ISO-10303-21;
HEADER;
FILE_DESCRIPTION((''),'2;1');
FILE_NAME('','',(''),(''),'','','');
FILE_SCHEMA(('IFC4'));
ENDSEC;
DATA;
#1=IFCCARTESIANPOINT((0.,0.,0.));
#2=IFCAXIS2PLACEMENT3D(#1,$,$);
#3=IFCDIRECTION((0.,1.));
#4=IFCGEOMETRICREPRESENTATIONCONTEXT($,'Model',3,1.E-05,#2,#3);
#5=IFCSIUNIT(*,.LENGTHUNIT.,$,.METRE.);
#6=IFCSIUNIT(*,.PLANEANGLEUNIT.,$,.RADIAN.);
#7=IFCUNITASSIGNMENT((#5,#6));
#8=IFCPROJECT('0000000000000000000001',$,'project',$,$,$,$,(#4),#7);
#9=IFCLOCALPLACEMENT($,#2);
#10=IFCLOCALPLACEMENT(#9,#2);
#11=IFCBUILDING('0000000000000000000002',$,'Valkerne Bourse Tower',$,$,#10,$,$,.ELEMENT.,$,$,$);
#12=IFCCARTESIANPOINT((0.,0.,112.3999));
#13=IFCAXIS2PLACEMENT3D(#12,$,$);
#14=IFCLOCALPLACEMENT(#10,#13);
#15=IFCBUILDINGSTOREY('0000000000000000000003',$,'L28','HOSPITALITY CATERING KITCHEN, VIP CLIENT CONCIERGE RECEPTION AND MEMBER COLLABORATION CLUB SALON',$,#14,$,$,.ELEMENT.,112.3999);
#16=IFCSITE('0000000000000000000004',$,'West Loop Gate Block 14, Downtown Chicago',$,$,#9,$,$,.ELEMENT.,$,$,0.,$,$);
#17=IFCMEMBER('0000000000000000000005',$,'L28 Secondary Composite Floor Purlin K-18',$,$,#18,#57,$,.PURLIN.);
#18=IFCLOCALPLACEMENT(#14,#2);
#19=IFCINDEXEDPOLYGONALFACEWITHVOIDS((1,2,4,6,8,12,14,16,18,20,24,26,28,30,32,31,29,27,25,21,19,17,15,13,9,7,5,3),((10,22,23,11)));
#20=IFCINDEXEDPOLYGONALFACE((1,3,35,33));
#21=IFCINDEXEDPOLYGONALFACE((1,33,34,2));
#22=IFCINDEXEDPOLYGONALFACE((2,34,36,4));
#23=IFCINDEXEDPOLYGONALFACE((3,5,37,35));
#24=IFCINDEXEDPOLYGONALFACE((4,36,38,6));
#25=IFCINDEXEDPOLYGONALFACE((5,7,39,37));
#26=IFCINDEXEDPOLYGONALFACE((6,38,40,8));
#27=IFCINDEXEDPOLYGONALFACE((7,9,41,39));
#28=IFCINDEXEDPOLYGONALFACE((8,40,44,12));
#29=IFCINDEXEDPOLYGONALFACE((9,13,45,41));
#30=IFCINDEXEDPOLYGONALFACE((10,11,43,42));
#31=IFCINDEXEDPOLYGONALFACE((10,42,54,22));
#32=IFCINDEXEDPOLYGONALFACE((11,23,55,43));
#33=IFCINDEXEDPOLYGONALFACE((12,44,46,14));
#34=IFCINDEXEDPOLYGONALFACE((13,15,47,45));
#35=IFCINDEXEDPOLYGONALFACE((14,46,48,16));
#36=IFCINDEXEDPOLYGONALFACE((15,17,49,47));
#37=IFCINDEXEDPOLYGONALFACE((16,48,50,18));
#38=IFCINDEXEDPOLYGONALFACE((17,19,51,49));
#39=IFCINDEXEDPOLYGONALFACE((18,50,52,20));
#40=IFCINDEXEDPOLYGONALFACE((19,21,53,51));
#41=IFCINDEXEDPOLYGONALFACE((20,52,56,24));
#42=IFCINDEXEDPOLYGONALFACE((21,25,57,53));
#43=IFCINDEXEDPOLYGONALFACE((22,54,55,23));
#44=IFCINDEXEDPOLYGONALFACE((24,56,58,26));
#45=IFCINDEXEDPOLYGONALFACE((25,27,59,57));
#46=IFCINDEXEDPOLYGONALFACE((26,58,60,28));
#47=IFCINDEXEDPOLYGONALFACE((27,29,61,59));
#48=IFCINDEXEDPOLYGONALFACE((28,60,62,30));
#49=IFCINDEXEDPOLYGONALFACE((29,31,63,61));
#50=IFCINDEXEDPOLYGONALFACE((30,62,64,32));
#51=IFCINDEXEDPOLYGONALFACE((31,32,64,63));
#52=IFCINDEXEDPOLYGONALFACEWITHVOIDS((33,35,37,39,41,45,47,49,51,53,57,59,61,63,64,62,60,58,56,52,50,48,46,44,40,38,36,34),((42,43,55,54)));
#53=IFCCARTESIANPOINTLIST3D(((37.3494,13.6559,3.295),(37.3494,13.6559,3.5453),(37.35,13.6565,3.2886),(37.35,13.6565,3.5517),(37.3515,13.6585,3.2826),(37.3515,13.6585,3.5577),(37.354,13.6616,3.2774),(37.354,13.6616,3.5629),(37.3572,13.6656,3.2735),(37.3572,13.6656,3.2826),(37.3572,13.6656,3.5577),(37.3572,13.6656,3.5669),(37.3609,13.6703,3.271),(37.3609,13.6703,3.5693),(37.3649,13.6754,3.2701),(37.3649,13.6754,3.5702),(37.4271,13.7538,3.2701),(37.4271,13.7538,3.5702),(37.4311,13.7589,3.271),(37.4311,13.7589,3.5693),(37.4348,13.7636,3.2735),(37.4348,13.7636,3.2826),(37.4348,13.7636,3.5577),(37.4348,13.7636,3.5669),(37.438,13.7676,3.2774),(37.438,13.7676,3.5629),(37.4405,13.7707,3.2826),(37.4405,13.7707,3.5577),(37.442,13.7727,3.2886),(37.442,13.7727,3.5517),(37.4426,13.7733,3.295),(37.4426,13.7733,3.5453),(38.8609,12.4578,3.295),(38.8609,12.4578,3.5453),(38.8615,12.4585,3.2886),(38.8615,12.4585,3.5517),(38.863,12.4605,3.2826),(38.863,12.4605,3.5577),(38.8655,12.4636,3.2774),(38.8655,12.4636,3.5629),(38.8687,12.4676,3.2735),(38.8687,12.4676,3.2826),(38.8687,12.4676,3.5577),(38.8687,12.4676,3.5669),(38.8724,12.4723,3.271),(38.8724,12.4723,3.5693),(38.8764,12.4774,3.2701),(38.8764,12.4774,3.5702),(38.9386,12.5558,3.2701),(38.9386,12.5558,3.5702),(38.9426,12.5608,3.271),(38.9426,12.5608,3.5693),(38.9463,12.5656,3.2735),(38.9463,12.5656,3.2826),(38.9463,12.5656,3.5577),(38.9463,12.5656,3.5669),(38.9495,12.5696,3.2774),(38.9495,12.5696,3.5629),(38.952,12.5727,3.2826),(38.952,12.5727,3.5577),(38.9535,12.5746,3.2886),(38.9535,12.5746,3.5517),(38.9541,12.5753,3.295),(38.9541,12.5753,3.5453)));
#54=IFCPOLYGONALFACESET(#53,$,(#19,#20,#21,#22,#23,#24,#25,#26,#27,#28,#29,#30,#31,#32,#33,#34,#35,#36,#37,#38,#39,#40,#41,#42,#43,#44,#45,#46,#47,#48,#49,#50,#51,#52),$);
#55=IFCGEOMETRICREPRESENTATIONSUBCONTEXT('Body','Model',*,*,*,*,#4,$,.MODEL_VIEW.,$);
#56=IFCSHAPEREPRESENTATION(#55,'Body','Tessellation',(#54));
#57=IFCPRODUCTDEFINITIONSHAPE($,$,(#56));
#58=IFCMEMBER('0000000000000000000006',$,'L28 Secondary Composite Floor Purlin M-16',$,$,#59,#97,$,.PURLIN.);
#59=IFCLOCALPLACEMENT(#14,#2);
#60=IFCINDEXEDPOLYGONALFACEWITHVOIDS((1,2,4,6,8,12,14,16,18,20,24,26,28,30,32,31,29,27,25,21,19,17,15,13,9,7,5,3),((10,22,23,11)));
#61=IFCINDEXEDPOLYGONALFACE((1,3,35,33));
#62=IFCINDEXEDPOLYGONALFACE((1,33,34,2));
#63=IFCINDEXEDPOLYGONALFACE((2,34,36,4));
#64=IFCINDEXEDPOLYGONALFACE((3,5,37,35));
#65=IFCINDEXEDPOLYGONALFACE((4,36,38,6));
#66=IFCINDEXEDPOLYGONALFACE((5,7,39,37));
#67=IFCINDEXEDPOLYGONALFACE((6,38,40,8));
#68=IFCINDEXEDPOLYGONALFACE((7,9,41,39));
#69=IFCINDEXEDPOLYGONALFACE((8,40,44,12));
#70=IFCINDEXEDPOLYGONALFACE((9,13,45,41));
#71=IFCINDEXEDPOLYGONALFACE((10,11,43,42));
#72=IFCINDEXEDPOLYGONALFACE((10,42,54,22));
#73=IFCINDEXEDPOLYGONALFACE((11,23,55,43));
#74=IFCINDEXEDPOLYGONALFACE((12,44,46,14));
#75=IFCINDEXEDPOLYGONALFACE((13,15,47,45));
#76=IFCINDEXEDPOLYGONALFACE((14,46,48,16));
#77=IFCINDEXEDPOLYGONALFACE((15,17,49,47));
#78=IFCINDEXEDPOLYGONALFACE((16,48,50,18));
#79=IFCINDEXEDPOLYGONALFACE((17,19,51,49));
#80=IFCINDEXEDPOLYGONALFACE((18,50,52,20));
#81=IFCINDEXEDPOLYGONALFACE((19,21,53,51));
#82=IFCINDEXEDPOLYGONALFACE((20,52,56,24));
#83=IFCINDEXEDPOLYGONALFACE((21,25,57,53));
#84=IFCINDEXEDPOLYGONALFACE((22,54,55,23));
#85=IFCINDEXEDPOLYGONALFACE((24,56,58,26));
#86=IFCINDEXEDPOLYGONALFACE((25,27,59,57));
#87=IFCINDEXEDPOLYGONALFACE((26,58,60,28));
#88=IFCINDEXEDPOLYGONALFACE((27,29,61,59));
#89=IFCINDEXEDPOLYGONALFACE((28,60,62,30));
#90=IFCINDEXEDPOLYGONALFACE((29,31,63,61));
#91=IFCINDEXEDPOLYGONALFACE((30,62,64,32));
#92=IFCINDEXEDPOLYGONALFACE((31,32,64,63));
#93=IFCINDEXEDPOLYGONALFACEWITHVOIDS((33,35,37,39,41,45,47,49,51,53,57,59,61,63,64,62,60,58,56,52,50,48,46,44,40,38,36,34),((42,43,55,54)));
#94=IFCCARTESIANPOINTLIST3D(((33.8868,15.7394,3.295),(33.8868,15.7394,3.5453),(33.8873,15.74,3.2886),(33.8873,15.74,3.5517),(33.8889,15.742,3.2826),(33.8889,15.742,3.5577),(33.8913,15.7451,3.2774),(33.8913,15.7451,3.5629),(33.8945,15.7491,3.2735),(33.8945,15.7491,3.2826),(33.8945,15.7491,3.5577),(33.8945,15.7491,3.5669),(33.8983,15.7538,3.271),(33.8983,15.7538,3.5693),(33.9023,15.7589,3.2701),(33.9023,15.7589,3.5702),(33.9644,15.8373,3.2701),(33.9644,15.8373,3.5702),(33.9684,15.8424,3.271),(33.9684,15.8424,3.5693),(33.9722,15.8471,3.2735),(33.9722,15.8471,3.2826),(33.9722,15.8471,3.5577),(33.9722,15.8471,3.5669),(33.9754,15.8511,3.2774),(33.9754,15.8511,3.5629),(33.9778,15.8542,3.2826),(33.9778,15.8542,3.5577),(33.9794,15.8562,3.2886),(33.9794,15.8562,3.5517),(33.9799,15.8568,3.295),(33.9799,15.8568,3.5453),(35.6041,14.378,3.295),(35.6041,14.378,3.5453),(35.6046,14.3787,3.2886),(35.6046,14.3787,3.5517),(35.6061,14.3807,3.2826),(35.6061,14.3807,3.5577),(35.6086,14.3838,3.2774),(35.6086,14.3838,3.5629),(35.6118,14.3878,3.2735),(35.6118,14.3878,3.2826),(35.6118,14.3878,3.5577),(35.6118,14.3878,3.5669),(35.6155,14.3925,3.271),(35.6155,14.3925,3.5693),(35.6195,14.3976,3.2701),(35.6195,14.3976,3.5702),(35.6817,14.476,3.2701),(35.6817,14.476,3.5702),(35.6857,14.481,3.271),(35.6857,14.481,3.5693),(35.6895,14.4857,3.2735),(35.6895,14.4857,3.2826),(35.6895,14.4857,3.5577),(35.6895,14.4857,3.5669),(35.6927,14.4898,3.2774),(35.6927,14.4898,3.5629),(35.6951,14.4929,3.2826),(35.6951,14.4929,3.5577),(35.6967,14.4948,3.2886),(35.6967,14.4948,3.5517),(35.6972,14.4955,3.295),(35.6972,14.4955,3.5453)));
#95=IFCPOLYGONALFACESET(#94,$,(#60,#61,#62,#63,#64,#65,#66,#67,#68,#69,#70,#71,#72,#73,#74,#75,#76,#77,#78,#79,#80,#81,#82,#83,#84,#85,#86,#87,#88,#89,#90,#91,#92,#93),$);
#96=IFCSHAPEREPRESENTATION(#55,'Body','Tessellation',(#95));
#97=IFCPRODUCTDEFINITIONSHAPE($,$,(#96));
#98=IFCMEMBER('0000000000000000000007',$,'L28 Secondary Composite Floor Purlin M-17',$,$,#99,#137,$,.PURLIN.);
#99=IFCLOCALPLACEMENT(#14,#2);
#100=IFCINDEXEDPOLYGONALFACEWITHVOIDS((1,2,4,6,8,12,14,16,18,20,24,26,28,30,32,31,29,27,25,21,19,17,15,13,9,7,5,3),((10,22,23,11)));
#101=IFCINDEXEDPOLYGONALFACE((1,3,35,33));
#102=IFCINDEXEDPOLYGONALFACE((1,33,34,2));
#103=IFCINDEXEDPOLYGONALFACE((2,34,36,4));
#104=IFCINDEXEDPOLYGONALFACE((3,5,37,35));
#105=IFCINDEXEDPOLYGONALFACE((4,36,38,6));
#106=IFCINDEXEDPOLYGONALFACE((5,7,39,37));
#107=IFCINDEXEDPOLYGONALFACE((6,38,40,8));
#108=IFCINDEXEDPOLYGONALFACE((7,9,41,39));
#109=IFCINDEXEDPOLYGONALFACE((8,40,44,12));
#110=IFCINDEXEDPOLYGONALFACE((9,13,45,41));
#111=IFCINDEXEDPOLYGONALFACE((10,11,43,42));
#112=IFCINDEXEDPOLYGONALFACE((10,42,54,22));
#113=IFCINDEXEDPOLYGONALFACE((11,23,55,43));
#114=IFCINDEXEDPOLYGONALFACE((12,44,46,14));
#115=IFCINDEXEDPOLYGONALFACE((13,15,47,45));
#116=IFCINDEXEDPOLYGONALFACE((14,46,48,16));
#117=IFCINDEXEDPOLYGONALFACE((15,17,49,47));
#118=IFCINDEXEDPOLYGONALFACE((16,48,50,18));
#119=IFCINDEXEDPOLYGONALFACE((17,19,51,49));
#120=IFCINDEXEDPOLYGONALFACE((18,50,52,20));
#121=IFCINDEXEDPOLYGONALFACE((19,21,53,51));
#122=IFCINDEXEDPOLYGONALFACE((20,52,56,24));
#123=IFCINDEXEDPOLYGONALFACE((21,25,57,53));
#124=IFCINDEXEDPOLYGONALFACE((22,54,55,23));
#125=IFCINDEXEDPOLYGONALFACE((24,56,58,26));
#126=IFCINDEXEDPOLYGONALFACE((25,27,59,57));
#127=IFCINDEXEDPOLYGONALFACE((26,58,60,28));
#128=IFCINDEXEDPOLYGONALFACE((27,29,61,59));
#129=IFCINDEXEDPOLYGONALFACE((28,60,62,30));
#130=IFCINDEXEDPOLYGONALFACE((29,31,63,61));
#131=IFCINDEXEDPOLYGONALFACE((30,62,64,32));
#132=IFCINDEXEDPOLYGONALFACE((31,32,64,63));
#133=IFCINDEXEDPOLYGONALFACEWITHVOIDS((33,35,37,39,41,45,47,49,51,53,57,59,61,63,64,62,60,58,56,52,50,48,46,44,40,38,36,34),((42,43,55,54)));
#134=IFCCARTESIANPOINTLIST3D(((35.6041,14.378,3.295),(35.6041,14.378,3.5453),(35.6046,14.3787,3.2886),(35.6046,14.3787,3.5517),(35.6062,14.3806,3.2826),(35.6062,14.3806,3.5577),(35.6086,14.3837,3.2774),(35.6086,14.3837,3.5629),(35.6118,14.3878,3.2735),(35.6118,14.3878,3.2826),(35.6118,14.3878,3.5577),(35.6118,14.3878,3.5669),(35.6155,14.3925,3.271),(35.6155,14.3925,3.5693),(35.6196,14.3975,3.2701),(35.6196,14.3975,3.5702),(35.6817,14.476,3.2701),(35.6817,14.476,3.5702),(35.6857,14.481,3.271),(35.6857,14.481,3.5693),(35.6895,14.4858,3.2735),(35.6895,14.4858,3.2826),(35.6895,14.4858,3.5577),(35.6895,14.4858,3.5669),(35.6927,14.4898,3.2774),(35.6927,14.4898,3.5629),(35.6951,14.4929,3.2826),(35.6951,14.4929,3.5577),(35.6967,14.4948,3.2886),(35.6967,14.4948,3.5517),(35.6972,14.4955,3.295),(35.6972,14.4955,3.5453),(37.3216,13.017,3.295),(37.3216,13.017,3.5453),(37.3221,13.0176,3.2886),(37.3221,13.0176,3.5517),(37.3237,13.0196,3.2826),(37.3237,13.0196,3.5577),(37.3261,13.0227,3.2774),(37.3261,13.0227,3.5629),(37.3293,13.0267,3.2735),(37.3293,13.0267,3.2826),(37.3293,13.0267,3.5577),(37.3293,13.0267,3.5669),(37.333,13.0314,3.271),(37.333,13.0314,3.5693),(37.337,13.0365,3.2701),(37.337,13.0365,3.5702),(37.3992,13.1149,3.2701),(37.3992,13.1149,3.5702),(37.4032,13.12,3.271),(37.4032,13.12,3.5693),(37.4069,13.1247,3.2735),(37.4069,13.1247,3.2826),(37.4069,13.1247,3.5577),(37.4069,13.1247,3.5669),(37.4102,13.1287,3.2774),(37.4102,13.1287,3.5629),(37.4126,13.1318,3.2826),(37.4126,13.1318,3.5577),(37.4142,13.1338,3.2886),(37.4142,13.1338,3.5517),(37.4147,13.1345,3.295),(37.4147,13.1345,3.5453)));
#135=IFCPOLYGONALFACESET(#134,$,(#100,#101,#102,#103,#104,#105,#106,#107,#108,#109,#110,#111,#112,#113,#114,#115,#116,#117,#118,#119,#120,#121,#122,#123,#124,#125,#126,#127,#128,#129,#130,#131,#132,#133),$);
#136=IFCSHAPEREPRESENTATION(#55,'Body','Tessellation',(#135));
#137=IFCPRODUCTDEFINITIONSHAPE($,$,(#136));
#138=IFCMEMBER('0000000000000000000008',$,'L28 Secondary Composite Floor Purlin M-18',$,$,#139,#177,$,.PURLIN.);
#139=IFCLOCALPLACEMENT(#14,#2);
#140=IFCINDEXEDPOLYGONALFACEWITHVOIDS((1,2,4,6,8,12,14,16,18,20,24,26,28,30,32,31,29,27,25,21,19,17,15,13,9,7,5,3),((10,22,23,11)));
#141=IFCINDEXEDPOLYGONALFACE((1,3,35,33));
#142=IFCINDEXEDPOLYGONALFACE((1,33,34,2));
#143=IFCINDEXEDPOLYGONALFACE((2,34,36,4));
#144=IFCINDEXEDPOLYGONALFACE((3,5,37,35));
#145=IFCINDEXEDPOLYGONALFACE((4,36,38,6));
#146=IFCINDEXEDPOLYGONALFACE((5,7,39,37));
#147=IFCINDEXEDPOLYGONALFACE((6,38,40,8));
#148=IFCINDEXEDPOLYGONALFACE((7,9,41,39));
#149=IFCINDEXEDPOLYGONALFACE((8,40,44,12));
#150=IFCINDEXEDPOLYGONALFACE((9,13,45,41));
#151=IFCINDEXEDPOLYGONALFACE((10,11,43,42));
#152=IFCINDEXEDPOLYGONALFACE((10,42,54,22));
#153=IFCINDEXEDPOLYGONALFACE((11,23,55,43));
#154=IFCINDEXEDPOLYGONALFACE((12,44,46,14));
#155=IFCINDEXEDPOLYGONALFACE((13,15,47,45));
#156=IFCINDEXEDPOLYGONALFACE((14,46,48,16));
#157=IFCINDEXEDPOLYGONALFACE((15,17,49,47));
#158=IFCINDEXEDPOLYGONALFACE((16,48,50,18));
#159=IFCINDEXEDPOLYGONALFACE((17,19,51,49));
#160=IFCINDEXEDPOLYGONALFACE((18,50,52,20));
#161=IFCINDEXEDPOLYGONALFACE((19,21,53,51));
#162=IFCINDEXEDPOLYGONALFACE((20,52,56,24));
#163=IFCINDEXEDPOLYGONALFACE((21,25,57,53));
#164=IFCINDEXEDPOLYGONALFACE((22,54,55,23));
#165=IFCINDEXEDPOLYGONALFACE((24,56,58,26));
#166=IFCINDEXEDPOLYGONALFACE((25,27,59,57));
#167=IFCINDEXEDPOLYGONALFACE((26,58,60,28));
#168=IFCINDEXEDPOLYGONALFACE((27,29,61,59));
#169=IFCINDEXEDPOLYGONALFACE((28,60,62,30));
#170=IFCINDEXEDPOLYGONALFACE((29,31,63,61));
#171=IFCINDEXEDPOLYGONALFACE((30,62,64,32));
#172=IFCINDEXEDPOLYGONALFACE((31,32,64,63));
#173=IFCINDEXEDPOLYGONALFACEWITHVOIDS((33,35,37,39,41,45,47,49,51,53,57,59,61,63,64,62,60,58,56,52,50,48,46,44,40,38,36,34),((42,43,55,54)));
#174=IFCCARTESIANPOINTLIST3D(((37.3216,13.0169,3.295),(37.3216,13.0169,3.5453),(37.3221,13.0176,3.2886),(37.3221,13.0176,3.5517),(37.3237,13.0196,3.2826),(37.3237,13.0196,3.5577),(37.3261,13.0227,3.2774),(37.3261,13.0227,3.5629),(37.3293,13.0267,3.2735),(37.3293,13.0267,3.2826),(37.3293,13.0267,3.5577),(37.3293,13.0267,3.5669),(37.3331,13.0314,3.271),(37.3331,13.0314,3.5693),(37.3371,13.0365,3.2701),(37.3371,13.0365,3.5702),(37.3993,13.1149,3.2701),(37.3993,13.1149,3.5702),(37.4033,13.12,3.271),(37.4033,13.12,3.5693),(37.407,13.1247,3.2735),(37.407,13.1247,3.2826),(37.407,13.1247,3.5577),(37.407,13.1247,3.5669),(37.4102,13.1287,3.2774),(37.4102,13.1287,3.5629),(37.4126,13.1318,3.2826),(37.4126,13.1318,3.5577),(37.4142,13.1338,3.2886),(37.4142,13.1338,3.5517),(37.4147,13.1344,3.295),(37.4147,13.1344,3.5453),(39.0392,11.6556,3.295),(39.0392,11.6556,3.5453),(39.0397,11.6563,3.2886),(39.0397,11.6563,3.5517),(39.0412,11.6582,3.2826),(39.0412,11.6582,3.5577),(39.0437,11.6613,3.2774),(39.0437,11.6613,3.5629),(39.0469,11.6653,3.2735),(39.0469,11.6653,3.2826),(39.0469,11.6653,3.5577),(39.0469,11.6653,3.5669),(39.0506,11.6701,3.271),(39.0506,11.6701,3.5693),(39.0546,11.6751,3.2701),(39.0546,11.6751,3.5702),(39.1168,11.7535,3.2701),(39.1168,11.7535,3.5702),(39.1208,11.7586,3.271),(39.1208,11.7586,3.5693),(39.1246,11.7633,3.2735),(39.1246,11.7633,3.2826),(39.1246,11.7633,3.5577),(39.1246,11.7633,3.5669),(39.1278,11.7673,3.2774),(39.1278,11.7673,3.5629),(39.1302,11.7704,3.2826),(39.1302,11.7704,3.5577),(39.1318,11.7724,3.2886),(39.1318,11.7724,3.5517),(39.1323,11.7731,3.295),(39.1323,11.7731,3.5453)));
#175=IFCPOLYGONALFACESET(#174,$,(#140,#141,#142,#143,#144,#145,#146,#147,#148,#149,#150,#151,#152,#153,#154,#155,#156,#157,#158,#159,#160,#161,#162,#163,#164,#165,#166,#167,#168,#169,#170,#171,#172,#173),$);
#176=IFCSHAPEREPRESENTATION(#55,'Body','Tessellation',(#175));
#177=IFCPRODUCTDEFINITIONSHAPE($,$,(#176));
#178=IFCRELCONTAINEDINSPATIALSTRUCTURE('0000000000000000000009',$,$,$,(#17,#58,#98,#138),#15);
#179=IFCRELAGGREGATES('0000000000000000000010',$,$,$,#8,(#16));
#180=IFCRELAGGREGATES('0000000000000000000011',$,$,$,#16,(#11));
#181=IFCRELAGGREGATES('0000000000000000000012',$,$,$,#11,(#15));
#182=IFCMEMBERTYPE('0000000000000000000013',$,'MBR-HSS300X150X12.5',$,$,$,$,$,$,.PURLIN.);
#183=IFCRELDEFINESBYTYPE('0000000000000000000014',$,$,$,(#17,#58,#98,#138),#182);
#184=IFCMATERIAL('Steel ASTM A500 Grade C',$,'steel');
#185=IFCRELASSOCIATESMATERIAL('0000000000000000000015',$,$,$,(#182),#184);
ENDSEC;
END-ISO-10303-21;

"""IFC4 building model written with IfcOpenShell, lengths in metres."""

from ifc_helpers import new_model, si_unit, direction, frame, origin, origin_2d, place, context, subcontext, project, spatial, hollow_rectangle, extrude, material, material_profile, profile_set, type_object, element, save


model = new_model("IFC4")

# Units and contexts
model_context = context("Model", 3, precision=1e-05, world=origin(), true_north=direction((0.0, 1.0)))
body_context = subcontext(model_context, "Body", "Model", "MODEL_VIEW")
ifc_project = project(units=[si_unit("LENGTHUNIT", "METRE"), si_unit("PLANEANGLEUNIT", "RADIAN")], contexts=[model_context])

# Site, building, storey
site_placement = place(None, origin())
site = spatial("IfcSite", under=ifc_project, at=site_placement, Name="West Loop Gate Block 14, Downtown Chicago", CompositionType="ELEMENT", RefElevation=0.0)
building_placement = place(site_placement, origin())
building = spatial("IfcBuilding", under=site, at=building_placement, Name="Valkerne Bourse Tower", CompositionType="ELEMENT")
storey_placement = place(building_placement, frame((0.0, 0.0, 112.3999)))
storey = spatial("IfcBuildingStorey", under=building, at=storey_placement, Name="L28", Description="HOSPITALITY CATERING KITCHEN, VIP CLIENT CONCIERGE RECEPTION AND MEMBER COLLABORATION CLUB SALON", CompositionType="ELEMENT", Elevation=112.3999)

# Members
ifc_material_1 = material(Name="Steel ASTM A500 Grade C", Category="steel")
ifc_material_profile_1 = material_profile(ifc_material_1, hollow_rectangle(XDim=0.1499, YDim=0.3, WallThickness=0.0125, OuterFilletRadius=0.0249, at=origin_2d()), Name="HSS300X150X12.5")
ifc_profile_set_1 = profile_set([ifc_material_profile_1], Name="Steel ASTM A500 Grade C")
member_type_1 = type_object("IfcMemberType", Name="MBR-HSS300X150X12.5", PredefinedType="PURLIN", material=ifc_profile_set_1)
member_1_placement = place(storey_placement, frame((37.396, 13.7146, 3.4202), z_axis=(0.783689, -0.621154, 0.0), x_axis=(0.621154, 0.783689, 0.0)))
element("IfcMember", 1, at=member_1_placement, inside=storey, type_object=member_type_1, Name="L28 Secondary Composite Floor Purlin K-18", PredefinedType="PURLIN", context=body_context, shape_type="SweptSolid", body=[
    extrude(hollow_rectangle(XDim=0.1499, YDim=0.3, WallThickness=0.0125, OuterFilletRadius=0.0249, at=origin_2d()), origin(), (0.0, 0.0, 1.0), 1.9287),
])
for number, where, z_axis, x_axis, name in (
    (2, (33.9333, 15.7981, 3.4202), (0.783644, -0.621211, 0.0), (0.621211, 0.783644, 0.0), "L28 Secondary Composite Floor Purlin M-16"),
    (3, (35.6506, 14.4368, 3.4202), (0.783741, -0.621088, 0.0), (0.621088, 0.783741, 0.0), "L28 Secondary Composite Floor Purlin M-17"),
):
    element("IfcMember", number, at=place(storey_placement, frame(where, z_axis=z_axis, x_axis=x_axis)), inside=storey, type_object=member_type_1, Name=name, PredefinedType="PURLIN", context=body_context, shape_type="SweptSolid", body=[
        extrude(hollow_rectangle(XDim=0.1499, YDim=0.3, WallThickness=0.0125, OuterFilletRadius=0.0249, at=origin_2d()), origin(), (0.0, 0.0, 1.0), 2.1914),
    ])
member_2_placement = place(storey_placement, frame((37.3682, 13.0757, 3.4202), z_axis=(0.783687, -0.621157, 0.0), x_axis=(0.621157, 0.783687, 0.0)))
element("IfcMember", 4, at=member_2_placement, inside=storey, type_object=member_type_1, Name="L28 Secondary Composite Floor Purlin M-18", PredefinedType="PURLIN", context=body_context, shape_type="SweptSolid", body=[
    extrude(hollow_rectangle(XDim=0.1499, YDim=0.3, WallThickness=0.0125, OuterFilletRadius=0.0249, at=origin_2d()), origin(), (0.0, 0.0, 1.0), 2.1917),
])

save(model, "model.ifc")
